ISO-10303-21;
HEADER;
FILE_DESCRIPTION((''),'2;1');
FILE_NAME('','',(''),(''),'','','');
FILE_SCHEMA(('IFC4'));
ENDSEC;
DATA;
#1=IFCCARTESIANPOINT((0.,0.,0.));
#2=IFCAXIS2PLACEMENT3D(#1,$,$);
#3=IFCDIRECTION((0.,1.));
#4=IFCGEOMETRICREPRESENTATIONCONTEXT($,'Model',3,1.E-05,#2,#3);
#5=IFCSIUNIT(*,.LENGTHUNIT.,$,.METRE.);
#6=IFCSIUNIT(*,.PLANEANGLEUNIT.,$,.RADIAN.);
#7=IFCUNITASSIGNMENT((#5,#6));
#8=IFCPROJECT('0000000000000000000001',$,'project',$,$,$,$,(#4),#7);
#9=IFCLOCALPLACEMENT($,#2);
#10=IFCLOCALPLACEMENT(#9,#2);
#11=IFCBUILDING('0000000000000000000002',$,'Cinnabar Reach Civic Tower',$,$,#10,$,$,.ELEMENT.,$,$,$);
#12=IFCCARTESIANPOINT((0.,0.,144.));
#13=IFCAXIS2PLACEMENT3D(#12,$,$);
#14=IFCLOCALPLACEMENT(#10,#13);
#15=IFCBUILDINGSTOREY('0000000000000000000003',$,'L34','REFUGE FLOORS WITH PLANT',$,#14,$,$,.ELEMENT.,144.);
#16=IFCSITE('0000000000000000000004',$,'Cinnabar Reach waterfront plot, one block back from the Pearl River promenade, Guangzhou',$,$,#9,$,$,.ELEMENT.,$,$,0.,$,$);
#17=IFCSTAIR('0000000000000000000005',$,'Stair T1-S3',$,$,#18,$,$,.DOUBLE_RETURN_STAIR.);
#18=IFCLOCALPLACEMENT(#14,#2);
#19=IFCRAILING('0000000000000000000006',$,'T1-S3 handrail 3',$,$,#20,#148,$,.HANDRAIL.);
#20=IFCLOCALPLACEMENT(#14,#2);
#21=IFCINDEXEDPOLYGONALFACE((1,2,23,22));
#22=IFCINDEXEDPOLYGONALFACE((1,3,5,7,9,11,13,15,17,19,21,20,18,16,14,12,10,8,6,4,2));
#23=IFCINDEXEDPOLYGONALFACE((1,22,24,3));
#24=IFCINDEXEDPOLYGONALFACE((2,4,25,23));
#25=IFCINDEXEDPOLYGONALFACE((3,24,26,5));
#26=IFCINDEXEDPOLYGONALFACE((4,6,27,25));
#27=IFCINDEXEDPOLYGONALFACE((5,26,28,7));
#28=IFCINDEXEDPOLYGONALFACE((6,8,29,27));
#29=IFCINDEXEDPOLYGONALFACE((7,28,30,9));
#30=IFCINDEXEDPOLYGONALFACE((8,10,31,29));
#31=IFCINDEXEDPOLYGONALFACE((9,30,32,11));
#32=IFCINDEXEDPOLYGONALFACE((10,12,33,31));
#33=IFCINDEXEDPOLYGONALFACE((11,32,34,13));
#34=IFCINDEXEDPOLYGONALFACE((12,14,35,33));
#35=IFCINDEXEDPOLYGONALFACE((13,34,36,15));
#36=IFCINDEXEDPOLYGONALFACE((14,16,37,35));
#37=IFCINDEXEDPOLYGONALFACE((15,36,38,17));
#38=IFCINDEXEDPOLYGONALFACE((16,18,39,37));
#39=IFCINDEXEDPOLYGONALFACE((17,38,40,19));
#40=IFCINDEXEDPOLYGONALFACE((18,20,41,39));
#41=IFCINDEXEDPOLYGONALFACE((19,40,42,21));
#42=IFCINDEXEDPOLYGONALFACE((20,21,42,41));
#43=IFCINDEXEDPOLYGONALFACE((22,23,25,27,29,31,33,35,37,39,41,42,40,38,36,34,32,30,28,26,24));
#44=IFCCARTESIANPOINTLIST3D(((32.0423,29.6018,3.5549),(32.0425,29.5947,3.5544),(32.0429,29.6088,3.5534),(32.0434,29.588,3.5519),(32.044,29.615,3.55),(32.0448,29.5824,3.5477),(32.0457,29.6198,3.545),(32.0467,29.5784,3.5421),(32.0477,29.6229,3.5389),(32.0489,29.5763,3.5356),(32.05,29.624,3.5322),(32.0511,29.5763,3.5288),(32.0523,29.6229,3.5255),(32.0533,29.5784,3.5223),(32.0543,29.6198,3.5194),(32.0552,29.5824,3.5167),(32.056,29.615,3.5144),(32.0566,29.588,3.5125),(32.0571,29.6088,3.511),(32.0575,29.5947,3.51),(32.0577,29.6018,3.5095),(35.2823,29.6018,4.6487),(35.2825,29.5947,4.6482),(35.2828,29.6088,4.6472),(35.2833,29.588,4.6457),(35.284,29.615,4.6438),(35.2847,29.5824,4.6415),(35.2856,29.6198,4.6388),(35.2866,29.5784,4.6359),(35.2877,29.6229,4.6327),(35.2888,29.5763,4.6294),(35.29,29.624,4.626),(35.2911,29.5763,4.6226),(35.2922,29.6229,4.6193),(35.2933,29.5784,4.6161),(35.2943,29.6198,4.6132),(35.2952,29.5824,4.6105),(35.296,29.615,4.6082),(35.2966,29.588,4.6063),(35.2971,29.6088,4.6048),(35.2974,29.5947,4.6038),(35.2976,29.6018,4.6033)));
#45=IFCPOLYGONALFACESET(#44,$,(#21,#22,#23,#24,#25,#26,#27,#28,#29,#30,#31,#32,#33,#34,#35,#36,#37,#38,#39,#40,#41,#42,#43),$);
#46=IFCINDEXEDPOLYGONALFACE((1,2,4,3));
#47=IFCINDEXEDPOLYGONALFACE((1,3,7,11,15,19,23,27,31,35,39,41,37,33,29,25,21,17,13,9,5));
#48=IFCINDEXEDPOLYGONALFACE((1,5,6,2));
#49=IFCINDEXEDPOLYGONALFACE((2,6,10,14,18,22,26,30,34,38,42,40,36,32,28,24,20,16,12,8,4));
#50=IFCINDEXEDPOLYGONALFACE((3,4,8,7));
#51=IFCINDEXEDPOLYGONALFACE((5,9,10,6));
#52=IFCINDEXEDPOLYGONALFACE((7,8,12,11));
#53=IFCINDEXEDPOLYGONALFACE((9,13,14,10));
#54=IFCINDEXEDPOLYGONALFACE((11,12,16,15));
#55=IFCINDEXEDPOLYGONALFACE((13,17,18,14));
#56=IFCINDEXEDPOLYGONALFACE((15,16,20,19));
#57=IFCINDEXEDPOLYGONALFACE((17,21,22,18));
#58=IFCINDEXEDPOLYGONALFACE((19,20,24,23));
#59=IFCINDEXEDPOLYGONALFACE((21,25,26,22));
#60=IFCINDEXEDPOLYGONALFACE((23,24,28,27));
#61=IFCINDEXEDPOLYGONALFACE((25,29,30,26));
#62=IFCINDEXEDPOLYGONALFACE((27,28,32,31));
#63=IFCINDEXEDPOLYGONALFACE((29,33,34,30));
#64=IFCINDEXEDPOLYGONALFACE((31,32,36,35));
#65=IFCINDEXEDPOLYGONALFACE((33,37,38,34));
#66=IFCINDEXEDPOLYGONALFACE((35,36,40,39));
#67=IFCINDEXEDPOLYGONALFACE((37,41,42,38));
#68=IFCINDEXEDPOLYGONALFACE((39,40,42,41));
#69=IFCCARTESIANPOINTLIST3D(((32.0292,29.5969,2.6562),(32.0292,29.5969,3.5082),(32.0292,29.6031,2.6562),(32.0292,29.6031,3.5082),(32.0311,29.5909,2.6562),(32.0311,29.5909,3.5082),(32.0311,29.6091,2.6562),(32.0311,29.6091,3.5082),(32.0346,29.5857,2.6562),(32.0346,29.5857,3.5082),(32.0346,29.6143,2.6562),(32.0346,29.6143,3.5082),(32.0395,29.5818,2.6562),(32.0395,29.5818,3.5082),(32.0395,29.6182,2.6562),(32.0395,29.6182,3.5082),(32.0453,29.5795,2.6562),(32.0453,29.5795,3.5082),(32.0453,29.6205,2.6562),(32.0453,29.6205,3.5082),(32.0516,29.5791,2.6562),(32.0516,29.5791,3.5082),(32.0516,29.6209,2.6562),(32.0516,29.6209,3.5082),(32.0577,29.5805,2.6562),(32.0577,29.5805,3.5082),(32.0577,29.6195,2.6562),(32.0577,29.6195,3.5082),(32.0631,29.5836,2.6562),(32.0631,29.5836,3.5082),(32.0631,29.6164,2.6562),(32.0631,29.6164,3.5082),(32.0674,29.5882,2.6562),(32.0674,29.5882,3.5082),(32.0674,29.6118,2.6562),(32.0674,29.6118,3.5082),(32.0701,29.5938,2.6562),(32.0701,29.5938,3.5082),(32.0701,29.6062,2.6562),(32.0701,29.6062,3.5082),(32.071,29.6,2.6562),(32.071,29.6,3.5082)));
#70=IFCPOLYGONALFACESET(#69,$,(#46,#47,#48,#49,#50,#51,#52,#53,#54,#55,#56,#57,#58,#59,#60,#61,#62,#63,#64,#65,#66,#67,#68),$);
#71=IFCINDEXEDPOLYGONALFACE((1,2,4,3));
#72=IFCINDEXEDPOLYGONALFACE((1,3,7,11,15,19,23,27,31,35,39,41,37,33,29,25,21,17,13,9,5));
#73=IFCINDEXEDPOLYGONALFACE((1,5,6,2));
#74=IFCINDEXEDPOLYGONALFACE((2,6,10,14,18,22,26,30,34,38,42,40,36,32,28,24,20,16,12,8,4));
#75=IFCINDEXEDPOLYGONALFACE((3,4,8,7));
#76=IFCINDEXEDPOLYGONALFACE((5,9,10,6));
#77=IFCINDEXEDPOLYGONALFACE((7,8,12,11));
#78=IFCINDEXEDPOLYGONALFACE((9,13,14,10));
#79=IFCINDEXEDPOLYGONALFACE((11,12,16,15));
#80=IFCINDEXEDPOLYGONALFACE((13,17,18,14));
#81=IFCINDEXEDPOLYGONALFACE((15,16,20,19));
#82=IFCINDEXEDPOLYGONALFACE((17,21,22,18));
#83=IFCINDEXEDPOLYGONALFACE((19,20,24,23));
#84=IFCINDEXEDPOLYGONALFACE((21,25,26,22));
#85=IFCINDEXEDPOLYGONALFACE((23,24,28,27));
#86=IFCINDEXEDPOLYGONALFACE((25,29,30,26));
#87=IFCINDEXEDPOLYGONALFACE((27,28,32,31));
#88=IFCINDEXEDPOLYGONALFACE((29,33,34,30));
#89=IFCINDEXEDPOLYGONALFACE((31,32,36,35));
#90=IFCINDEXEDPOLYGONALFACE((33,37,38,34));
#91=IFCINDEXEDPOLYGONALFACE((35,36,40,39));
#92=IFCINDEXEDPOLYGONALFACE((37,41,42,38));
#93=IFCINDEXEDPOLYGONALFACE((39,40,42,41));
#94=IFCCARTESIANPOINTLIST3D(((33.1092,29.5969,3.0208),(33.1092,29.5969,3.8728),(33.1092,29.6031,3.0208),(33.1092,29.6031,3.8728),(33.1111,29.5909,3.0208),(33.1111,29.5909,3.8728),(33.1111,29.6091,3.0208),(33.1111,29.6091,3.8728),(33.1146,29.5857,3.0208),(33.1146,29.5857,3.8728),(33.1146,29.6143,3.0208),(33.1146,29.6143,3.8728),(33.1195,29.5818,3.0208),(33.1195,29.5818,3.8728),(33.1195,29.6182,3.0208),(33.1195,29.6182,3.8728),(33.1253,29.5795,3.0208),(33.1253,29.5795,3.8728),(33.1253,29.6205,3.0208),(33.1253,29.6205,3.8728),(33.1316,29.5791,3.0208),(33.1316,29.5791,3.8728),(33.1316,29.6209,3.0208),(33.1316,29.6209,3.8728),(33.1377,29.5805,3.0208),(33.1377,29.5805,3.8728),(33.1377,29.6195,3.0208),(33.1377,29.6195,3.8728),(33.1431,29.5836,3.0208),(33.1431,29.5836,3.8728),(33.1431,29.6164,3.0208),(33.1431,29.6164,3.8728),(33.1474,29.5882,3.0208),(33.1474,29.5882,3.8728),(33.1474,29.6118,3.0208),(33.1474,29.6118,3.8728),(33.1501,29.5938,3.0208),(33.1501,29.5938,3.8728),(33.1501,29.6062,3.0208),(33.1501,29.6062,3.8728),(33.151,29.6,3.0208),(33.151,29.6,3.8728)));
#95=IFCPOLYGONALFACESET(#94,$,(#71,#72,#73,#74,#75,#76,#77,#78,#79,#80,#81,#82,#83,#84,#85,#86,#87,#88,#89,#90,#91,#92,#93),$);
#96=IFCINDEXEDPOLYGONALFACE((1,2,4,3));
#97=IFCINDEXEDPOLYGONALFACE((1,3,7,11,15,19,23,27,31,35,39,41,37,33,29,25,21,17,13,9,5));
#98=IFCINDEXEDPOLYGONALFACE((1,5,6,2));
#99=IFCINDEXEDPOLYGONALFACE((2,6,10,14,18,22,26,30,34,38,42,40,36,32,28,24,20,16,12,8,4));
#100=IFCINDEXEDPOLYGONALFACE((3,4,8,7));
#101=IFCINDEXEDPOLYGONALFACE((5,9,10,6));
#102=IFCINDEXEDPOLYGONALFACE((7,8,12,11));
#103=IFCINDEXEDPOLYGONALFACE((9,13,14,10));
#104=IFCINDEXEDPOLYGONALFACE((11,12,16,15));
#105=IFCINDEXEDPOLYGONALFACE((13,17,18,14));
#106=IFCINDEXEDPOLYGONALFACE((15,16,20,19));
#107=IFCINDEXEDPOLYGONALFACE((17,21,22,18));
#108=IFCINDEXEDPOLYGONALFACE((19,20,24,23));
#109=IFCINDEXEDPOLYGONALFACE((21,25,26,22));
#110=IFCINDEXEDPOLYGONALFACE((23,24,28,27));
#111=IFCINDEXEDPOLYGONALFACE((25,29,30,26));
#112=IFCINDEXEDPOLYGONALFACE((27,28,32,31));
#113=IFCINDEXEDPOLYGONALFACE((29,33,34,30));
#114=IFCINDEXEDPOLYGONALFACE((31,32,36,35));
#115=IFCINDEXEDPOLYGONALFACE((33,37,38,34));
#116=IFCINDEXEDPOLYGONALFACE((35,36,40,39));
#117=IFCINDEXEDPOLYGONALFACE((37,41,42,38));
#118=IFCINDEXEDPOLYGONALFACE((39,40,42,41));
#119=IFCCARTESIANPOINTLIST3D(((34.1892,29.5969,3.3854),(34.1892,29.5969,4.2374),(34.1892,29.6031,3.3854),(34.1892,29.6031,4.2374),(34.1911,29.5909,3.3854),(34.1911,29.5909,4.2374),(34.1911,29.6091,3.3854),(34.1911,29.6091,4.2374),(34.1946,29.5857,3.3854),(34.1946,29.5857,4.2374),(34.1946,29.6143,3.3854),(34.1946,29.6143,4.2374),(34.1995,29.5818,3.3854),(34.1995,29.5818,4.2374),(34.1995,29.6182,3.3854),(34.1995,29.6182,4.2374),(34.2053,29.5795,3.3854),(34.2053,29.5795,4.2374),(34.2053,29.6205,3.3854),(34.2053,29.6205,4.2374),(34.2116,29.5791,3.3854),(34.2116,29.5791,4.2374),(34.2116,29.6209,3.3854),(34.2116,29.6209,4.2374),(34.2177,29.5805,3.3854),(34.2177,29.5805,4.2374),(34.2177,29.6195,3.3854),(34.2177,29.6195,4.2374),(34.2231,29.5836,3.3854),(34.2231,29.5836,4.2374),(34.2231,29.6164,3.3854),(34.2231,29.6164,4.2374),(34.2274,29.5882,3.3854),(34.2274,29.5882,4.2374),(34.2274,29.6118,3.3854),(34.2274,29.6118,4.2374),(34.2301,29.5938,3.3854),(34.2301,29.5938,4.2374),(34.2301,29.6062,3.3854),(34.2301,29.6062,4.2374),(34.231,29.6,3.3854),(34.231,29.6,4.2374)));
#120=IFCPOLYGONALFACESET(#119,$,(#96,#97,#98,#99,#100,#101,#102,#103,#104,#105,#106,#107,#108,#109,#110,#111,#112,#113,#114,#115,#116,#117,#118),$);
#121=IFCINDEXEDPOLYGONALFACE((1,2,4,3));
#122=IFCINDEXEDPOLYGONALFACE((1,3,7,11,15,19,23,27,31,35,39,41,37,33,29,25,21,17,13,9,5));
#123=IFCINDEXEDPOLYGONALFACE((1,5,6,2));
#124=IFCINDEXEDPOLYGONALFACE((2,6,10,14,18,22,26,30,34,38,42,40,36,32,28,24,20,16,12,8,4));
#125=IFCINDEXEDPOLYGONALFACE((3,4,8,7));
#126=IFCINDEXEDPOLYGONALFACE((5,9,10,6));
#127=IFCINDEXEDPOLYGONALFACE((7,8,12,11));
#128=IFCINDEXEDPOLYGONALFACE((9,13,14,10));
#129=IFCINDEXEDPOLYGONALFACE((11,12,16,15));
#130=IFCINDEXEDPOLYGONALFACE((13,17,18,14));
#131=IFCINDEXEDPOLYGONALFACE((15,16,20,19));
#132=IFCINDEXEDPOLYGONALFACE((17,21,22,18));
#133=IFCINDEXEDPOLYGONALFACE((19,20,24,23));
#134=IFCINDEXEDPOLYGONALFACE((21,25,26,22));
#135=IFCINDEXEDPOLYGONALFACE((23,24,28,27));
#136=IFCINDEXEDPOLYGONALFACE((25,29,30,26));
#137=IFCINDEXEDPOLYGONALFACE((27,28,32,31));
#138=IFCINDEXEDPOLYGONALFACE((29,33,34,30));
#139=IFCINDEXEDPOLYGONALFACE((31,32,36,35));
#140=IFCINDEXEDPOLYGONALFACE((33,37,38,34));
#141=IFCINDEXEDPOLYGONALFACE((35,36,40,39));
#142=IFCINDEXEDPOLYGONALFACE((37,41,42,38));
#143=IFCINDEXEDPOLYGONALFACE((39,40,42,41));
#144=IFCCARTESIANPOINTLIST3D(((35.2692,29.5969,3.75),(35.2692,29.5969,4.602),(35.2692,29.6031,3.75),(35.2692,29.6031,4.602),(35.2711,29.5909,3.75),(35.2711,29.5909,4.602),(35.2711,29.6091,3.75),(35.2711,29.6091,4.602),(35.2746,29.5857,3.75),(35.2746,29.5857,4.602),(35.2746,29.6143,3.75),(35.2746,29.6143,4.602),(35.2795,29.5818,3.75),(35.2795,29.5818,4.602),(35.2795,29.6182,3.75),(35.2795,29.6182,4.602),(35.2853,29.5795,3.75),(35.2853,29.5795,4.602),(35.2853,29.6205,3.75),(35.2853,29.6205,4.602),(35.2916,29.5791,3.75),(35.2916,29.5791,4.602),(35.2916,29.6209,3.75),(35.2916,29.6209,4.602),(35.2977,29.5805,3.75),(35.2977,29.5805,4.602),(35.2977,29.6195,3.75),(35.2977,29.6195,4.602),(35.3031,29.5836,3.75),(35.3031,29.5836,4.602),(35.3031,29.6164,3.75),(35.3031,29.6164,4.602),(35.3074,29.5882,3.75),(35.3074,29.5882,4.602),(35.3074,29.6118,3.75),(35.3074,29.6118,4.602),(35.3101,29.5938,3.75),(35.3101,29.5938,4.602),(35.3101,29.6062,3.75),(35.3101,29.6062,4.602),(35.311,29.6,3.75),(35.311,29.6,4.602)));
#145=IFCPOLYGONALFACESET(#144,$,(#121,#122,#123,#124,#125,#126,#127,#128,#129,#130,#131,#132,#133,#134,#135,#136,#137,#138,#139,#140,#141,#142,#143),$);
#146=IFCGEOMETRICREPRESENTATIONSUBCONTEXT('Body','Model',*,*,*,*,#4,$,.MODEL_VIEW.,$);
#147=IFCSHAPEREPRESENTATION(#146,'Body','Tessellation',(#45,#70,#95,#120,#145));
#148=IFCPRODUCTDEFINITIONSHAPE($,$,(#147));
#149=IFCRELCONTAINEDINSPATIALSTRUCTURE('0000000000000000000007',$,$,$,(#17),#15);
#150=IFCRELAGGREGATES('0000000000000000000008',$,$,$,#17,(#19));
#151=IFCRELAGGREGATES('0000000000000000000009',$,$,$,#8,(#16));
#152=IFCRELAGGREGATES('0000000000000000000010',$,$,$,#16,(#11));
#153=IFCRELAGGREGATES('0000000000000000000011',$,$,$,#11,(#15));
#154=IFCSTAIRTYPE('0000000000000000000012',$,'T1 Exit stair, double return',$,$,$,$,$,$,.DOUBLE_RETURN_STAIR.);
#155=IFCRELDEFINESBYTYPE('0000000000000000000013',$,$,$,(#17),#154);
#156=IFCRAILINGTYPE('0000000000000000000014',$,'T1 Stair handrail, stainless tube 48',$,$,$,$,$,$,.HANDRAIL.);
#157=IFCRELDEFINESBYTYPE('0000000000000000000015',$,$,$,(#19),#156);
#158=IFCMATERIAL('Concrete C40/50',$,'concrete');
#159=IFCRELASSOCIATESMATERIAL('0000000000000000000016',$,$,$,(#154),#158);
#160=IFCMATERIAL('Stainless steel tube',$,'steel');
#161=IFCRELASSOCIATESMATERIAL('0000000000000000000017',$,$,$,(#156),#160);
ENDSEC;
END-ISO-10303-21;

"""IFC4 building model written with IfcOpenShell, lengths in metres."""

from ifc_helpers import new_model, si_unit, direction, frame, origin, origin_2d, place, context, subcontext, project, spatial, circle, extrude, material, type_object, element, aggregate, save


model = new_model("IFC4")

# Units and contexts
model_context = context("Model", 3, precision=1e-05, world=origin(), true_north=direction((0.0, 1.0)))
body_context = subcontext(model_context, "Body", "Model", "MODEL_VIEW")
ifc_project = project(units=[si_unit("LENGTHUNIT", "METRE"), si_unit("PLANEANGLEUNIT", "RADIAN")], contexts=[model_context])

# Site, building, storey
site_placement = place(None, origin())
site = spatial("IfcSite", under=ifc_project, at=site_placement, Name="Cinnabar Reach waterfront plot, one block back from the Pearl River promenade, Guangzhou", CompositionType="ELEMENT", RefElevation=0.0)
building_placement = place(site_placement, origin())
building = spatial("IfcBuilding", under=site, at=building_placement, Name="Cinnabar Reach Civic Tower", CompositionType="ELEMENT")
storey_placement = place(building_placement, frame((0.0, 0.0, 144.0)))
storey = spatial("IfcBuildingStorey", under=building, at=storey_placement, Name="L34", Description="REFUGE FLOORS WITH PLANT", CompositionType="ELEMENT", Elevation=144.0)

# Stair, railing
ifc_material_1 = material(Name="Concrete C40/50", Category="concrete")
stair_type = type_object("IfcStairType", Name="T1 Exit stair, double return", PredefinedType="DOUBLE_RETURN_STAIR", material=ifc_material_1)
stair_placement = place(storey_placement, origin())
stair = element("IfcStair", 1, at=stair_placement, inside=storey, type_object=stair_type, Name="Stair T1-S3", PredefinedType="DOUBLE_RETURN_STAIR")
ifc_material_2 = material(Name="Stainless steel tube", Category="steel")
railing_type = type_object("IfcRailingType", Name="T1 Stair handrail, stainless tube 48", PredefinedType="HANDRAIL", material=ifc_material_2)
railing_1_placement = place(storey_placement, frame((32.05, 29.6, 2.6562)))
railing_1 = element("IfcRailing", 2, at=railing_1_placement, type_object=railing_type, Name="T1-S3 handrail 3", PredefinedType="HANDRAIL", context=body_context, shape_type="SweptSolid", body=[
    extrude(circle(Radius=0.024, at=origin_2d()), frame((0.0, 0.0, 0.876), z_axis=(0.947466, 0.0, 0.319857), x_axis=(0.0, 1.0, 0.0)), (0.0, 0.0, 1.0), 3.4196),
    extrude(circle(Radius=0.021, at=origin_2d()), origin(), (0.0, 0.0, 1.0), 0.852),
    extrude(circle(Radius=0.021, at=origin_2d()), frame((1.08, 0.0, 0.3646)), (0.0, 0.0, 1.0), 0.852),
    extrude(circle(Radius=0.021, at=origin_2d()), frame((2.16, 0.0, 0.7292)), (0.0, 0.0, 1.0), 0.852),
    extrude(circle(Radius=0.021, at=origin_2d()), frame((3.24, 0.0, 1.0938)), (0.0, 0.0, 1.0), 0.852),
])
aggregate(stair, [railing_1])

save(model, "model.ifc")
